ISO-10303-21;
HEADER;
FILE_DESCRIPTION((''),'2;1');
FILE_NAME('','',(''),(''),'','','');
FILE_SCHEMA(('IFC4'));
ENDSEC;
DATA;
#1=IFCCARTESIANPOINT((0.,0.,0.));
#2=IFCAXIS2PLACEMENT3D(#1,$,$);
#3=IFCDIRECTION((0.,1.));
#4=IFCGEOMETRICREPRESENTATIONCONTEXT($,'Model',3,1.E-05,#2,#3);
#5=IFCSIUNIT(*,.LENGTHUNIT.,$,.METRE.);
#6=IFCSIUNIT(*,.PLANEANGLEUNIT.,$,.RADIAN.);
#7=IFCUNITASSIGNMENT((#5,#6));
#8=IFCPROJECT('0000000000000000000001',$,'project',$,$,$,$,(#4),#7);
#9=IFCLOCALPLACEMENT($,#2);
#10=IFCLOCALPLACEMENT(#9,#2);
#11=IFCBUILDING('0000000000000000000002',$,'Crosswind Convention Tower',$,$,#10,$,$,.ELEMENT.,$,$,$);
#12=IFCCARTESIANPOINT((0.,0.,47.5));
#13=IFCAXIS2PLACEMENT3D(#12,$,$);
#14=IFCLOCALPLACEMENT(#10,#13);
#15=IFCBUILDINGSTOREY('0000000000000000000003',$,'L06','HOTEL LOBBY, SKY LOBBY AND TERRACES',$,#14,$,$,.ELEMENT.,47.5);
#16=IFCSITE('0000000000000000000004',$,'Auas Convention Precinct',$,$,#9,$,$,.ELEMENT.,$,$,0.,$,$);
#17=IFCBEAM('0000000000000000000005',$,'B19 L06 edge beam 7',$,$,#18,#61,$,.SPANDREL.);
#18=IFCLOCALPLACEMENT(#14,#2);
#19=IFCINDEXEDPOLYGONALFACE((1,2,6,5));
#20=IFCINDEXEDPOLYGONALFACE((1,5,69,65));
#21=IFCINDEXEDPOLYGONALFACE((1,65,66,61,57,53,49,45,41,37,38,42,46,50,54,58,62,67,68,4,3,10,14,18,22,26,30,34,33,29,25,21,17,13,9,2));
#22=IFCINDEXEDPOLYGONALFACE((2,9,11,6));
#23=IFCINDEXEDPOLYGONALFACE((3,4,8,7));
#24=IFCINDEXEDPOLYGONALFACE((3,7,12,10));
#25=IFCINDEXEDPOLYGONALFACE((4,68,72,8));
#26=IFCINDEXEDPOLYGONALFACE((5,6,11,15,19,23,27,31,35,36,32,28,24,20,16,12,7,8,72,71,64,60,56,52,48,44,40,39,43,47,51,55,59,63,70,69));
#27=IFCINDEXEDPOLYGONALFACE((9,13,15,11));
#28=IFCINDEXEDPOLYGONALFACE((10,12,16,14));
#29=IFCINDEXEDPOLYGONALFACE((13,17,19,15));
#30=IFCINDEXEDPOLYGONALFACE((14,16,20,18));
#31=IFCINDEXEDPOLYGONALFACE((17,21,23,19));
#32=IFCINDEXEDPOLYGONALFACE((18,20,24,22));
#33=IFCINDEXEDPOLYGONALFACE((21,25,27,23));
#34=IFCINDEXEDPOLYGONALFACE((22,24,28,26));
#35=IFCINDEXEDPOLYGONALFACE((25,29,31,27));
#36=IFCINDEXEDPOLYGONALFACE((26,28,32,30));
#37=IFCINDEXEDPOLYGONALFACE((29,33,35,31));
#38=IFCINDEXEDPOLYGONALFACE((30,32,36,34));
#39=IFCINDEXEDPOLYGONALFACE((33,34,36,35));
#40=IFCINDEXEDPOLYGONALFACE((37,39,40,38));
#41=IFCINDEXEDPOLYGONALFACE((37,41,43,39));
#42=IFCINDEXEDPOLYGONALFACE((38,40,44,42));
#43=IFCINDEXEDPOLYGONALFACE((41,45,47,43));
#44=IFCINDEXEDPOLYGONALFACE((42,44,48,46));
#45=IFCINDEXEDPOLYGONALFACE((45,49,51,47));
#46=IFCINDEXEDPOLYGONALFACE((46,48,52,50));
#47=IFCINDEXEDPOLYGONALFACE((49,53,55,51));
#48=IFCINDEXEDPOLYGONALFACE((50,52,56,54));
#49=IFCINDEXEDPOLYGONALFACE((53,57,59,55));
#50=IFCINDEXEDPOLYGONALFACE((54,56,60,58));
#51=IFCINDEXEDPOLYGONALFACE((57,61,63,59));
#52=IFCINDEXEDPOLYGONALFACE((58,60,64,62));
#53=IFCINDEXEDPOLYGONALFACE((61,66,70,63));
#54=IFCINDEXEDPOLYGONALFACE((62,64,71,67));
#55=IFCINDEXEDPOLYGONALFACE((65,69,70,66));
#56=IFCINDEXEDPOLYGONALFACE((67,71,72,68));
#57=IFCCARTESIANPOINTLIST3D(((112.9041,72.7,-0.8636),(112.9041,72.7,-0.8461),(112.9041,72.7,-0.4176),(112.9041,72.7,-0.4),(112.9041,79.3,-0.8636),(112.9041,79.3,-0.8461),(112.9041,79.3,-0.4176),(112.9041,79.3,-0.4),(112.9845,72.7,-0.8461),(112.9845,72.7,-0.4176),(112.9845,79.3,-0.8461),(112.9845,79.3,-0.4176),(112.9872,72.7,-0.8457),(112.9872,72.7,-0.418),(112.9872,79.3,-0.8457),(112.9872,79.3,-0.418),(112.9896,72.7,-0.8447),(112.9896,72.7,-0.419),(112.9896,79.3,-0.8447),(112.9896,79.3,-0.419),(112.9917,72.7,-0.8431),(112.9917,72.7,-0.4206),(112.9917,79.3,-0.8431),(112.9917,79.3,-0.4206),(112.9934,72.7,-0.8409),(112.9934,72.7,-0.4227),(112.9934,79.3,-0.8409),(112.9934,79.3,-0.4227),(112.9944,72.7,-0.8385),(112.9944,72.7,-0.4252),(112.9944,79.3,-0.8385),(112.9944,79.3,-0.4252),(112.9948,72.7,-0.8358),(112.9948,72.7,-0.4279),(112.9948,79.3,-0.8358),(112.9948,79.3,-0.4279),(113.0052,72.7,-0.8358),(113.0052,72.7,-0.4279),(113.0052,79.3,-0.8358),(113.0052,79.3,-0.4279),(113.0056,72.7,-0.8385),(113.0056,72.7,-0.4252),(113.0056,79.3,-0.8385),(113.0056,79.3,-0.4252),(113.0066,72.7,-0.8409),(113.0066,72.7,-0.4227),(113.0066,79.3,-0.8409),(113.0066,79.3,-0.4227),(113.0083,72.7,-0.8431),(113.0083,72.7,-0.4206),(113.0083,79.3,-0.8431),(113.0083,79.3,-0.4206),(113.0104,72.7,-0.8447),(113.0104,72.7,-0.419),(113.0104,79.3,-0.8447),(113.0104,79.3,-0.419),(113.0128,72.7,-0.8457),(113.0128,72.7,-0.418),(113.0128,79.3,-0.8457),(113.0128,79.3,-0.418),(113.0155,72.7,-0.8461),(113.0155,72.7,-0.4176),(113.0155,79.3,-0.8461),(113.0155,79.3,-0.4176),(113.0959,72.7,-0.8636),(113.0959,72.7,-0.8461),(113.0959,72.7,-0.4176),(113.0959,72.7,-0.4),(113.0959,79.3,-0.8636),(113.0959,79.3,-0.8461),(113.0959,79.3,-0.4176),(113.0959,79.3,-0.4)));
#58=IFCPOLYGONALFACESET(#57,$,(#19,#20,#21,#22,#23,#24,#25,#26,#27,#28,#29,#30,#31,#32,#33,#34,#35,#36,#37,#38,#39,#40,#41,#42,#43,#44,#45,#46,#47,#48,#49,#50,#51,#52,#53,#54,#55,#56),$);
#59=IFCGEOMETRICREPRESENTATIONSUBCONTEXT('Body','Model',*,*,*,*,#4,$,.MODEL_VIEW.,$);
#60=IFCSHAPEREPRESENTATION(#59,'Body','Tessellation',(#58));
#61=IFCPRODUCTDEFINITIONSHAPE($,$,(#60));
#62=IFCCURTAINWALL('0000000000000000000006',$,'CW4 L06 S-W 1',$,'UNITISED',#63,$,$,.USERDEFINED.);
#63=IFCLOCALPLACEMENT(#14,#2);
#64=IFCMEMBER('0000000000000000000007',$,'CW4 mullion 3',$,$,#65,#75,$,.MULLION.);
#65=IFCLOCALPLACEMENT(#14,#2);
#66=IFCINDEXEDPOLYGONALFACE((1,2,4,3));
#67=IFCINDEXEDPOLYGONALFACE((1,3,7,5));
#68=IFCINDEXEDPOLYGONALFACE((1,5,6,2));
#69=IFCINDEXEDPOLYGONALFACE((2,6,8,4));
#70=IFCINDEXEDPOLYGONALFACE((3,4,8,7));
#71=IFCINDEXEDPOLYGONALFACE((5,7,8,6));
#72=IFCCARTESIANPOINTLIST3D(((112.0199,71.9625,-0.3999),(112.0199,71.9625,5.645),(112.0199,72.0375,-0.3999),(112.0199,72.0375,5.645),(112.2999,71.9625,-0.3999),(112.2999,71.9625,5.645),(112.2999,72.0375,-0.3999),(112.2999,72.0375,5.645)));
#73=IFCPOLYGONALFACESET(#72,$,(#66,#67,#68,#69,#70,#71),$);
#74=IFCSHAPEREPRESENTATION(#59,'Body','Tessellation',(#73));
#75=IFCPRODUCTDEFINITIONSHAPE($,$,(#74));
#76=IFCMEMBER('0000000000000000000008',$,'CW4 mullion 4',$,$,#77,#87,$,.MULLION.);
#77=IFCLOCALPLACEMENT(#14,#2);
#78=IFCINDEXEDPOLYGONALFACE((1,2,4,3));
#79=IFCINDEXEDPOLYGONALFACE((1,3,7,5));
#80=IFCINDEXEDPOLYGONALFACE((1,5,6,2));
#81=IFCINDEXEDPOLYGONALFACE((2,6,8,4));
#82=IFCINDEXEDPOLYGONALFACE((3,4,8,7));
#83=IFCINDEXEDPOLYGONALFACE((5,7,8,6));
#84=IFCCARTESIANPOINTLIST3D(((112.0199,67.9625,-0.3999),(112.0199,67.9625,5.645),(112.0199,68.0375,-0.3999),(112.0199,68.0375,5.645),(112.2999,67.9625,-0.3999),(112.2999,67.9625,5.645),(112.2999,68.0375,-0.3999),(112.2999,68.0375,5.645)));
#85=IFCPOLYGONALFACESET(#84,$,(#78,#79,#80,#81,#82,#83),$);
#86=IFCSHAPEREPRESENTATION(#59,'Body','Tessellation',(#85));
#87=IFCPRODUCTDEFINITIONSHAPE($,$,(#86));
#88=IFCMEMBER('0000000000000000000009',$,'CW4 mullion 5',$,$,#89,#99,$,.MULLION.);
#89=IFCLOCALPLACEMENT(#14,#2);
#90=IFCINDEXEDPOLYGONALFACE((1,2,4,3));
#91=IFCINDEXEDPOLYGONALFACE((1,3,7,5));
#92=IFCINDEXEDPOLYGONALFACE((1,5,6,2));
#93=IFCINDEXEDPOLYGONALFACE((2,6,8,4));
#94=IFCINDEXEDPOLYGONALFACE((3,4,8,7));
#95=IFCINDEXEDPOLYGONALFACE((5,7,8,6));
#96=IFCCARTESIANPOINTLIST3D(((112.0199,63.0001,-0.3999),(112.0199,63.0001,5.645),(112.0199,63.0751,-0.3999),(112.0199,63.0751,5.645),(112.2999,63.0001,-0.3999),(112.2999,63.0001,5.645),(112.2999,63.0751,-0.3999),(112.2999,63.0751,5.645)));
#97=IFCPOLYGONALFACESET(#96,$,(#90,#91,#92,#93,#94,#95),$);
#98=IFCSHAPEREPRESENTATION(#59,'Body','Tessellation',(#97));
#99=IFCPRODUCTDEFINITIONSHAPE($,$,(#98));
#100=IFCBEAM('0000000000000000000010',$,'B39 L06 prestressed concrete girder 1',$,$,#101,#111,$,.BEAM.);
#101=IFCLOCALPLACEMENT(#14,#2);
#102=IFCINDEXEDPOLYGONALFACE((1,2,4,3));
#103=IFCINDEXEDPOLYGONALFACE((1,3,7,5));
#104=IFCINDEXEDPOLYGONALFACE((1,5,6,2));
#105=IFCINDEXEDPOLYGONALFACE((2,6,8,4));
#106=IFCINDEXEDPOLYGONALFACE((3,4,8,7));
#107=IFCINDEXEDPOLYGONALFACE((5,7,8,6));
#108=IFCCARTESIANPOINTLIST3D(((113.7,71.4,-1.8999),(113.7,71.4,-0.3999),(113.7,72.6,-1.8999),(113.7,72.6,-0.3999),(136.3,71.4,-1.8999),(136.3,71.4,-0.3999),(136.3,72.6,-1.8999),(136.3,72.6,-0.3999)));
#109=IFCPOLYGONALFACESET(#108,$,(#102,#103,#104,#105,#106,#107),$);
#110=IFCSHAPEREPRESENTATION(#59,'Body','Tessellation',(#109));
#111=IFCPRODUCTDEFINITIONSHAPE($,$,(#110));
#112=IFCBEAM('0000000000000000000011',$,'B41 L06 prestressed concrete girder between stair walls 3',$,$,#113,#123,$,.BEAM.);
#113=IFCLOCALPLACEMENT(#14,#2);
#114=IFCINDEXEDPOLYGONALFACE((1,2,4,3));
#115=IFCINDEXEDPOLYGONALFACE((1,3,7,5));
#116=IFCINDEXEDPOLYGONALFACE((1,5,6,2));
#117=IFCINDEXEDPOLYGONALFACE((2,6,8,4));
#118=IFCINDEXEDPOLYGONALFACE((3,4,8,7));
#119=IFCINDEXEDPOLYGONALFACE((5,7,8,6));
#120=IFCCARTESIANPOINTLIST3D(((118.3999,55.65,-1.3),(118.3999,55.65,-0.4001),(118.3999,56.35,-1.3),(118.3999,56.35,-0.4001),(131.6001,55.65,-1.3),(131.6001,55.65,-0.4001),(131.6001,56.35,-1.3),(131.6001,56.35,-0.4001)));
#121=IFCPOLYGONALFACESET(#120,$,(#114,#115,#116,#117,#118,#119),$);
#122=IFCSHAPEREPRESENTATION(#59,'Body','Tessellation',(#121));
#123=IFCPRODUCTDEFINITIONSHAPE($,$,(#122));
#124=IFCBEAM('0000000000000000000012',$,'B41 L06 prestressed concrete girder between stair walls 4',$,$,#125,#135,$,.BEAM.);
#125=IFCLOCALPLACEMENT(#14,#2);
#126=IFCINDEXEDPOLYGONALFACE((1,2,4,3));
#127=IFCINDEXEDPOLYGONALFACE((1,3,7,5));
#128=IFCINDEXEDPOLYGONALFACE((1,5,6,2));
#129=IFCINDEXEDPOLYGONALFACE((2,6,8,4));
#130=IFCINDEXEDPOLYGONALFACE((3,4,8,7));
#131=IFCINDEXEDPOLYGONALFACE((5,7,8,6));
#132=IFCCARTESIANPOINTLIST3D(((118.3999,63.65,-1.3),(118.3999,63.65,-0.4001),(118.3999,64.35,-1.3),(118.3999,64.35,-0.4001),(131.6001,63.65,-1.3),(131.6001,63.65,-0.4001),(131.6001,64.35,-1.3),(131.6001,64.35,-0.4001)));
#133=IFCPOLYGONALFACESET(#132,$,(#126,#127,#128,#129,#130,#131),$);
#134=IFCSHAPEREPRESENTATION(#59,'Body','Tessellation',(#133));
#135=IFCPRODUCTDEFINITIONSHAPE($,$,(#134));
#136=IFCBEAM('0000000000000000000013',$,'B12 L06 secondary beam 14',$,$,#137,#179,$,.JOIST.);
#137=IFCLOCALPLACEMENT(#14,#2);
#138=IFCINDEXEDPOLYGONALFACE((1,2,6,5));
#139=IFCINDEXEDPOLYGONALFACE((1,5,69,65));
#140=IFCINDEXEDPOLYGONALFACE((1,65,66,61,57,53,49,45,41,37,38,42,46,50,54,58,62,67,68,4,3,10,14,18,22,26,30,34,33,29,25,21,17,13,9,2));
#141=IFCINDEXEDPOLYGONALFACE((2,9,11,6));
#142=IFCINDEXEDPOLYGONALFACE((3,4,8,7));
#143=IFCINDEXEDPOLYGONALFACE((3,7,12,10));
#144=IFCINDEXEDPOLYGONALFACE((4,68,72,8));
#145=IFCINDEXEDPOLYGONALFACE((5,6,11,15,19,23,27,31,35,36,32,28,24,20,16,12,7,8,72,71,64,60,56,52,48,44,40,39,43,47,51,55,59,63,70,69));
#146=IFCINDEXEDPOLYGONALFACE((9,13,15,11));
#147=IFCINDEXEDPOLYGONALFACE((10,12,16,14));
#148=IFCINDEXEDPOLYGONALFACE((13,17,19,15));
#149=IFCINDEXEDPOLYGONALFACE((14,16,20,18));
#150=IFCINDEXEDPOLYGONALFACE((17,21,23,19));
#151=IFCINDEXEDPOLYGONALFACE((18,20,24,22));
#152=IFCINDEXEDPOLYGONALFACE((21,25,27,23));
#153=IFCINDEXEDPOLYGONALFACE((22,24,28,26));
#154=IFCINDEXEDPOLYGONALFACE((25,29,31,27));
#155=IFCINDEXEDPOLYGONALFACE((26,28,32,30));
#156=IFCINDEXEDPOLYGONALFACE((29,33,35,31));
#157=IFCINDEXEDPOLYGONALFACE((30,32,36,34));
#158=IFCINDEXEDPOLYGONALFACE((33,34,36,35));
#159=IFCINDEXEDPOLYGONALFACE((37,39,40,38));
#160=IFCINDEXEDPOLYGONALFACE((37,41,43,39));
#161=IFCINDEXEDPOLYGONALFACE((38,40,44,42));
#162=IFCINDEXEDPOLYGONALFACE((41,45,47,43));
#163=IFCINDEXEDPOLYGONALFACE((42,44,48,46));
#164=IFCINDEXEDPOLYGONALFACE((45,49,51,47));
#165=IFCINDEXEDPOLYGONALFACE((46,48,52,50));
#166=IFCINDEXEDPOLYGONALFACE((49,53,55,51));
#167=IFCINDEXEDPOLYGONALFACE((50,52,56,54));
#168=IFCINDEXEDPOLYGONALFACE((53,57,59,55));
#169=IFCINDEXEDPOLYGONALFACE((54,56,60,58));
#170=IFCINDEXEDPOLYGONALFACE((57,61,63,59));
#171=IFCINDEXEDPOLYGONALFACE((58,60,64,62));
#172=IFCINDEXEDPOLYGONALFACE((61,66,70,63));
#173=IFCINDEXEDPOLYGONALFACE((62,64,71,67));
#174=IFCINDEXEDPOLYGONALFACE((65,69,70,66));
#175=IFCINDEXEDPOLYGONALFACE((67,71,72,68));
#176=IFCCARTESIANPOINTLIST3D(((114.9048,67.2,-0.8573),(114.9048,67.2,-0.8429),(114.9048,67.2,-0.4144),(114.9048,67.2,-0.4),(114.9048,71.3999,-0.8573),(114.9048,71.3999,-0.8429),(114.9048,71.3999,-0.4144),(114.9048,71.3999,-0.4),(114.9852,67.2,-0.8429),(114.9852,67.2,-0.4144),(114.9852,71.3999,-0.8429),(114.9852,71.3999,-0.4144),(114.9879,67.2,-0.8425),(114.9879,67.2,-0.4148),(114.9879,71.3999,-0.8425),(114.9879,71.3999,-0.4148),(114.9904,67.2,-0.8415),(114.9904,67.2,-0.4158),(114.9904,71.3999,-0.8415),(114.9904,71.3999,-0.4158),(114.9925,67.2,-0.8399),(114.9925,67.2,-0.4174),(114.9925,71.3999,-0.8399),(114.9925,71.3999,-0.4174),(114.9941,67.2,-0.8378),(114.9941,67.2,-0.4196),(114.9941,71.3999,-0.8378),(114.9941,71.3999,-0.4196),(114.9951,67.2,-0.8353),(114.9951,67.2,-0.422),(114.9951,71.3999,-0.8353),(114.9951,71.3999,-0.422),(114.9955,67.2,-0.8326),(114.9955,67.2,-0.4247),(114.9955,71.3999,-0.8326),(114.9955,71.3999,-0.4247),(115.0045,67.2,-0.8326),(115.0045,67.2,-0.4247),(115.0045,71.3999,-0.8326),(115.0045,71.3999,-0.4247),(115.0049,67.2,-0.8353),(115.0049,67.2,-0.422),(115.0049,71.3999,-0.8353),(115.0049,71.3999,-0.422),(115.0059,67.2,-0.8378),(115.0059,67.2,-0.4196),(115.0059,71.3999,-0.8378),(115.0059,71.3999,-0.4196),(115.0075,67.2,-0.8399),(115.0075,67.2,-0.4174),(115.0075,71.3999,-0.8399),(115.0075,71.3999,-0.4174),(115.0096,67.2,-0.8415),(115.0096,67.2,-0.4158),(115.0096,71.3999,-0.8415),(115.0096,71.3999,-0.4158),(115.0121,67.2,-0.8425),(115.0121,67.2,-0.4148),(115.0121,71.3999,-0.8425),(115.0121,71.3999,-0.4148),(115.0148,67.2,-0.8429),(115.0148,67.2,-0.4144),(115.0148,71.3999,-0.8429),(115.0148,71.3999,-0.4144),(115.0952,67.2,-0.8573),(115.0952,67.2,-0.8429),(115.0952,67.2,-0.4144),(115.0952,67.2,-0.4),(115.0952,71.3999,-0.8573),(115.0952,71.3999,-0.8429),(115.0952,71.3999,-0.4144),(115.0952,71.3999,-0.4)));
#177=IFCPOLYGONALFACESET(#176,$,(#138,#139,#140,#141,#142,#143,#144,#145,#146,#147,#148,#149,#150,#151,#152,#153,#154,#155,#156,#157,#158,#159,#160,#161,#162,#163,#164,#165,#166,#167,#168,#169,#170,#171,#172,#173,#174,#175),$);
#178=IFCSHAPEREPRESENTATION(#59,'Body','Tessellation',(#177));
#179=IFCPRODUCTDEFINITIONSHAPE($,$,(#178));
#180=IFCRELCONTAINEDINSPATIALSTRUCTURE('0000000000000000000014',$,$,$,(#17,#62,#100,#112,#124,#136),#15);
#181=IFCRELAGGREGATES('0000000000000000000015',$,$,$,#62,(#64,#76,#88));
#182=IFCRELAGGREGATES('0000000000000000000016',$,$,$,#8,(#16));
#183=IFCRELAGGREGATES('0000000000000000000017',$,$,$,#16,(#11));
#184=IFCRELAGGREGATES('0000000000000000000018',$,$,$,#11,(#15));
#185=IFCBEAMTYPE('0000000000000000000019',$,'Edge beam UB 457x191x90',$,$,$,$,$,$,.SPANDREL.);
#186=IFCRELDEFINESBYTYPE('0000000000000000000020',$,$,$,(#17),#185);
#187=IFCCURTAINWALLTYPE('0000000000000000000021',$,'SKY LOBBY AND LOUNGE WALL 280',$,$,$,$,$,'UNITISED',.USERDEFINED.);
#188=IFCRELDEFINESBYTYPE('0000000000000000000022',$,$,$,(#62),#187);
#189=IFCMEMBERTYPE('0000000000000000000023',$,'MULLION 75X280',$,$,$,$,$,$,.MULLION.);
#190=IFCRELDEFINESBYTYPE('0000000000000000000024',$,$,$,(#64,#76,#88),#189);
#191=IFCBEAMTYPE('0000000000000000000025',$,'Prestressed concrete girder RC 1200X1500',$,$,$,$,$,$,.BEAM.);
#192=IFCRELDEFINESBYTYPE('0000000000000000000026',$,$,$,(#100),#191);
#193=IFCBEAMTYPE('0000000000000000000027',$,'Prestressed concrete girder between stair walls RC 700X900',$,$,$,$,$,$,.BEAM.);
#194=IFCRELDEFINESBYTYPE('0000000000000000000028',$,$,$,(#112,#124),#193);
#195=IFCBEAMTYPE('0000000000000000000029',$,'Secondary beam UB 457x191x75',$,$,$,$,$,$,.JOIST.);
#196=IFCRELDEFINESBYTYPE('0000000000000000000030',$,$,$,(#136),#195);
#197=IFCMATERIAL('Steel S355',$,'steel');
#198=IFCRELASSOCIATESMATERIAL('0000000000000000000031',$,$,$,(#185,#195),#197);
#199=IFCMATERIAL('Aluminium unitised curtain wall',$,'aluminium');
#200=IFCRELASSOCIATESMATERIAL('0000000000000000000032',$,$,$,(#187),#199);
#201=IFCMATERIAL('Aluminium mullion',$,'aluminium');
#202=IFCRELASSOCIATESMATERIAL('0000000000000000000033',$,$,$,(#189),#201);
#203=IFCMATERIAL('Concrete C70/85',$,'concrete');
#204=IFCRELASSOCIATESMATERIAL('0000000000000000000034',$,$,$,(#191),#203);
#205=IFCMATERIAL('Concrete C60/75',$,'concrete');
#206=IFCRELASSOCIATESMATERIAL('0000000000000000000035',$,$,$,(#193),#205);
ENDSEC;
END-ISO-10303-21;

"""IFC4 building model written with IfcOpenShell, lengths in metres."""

from ifc_helpers import new_model, si_unit, direction, frame, origin, origin_2d, place, context, subcontext, project, spatial, rectangle, i_section, extrude, material, material_profile, profile_set, type_object, element, aggregate, save


model = new_model("IFC4")

# Units and contexts
model_context = context("Model", 3, precision=1e-05, world=origin(), true_north=direction((0.0, 1.0)))
body_context = subcontext(model_context, "Body", "Model", "MODEL_VIEW")
ifc_project = project(units=[si_unit("LENGTHUNIT", "METRE"), si_unit("PLANEANGLEUNIT", "RADIAN")], contexts=[model_context])

# Site, building, storey
site_placement = place(None, origin())
site = spatial("IfcSite", under=ifc_project, at=site_placement, Name="Auas Convention Precinct", CompositionType="ELEMENT", RefElevation=0.0)
building_placement = place(site_placement, origin())
building = spatial("IfcBuilding", under=site, at=building_placement, Name="Crosswind Convention Tower", CompositionType="ELEMENT")
storey_placement = place(building_placement, frame((0.0, 0.0, 47.5)))
storey = spatial("IfcBuildingStorey", under=building, at=storey_placement, Name="L06", Description="HOTEL LOBBY, SKY LOBBY AND TERRACES", CompositionType="ELEMENT", Elevation=47.5)

# Shared definitions
ifc_material_1 = material(Name="Concrete C60/75", Category="concrete")
ifc_material_2 = material(Name="Concrete C70/85", Category="concrete")

# Beam
ifc_material_3 = material(Name="Steel S355", Category="steel")
ifc_material_profile_1 = material_profile(ifc_material_3, i_section(OverallWidth=0.1919, OverallDepth=0.4636, WebThickness=0.0105, FlangeThickness=0.0176, FilletRadius=0.0103, at=origin_2d()), Name="UB 457x191x90")
ifc_profile_set_1 = profile_set([ifc_material_profile_1], Name="Steel S355")
beam_type_1 = type_object("IfcBeamType", Name="Edge beam UB 457x191x90", PredefinedType="SPANDREL", material=ifc_profile_set_1)
beam_1_placement = place(storey_placement, frame((113.0, 72.7, -0.6318), z_axis=(0.0, 1.0, 0.0), x_axis=(-1.0, 0.0, 0.0)))
element("IfcBeam", 1, at=beam_1_placement, inside=storey, type_object=beam_type_1, Name="B19 L06 edge beam 7", PredefinedType="SPANDREL", context=body_context, shape_type="SweptSolid", body=[
    extrude(i_section(OverallWidth=0.1919, OverallDepth=0.4636, WebThickness=0.0105, FlangeThickness=0.0176, FilletRadius=0.0103, at=origin_2d()), origin(), (0.0, 0.0, 1.0), 6.6001),
])

# Curtain wall, members
ifc_material_4 = material(Name="Aluminium unitised curtain wall", Category="aluminium")
curtain_wall_type = type_object("IfcCurtainWallType", Name="SKY LOBBY AND LOUNGE WALL 280", ElementType="UNITISED", PredefinedType="USERDEFINED", material=ifc_material_4)
curtain_wall_placement = place(storey_placement, origin())
curtain_wall = element("IfcCurtainWall", 2, at=curtain_wall_placement, inside=storey, type_object=curtain_wall_type, Name="CW4 L06 S-W 1", ObjectType="UNITISED", PredefinedType="USERDEFINED")
ifc_material_5 = material(Name="Aluminium mullion", Category="aluminium")
ifc_material_profile_2 = material_profile(ifc_material_5, rectangle(XDim=0.28, YDim=0.075, at=origin_2d()), Name="AL 280X75")
ifc_profile_set_2 = profile_set([ifc_material_profile_2], Name="Aluminium mullion")
member_type = type_object("IfcMemberType", Name="MULLION 75X280", PredefinedType="MULLION", material=ifc_profile_set_2)
member_1_placement = place(storey_placement, frame((112.1599, 72.0, -0.3999), z_axis=(0.0, 0.0, 1.0), x_axis=(-1.0, 0.0, 0.0)))
member_1 = element("IfcMember", 3, at=member_1_placement, type_object=member_type, Name="CW4 mullion 3", PredefinedType="MULLION", context=body_context, shape_type="SweptSolid", body=[
    extrude(rectangle(XDim=0.28, YDim=0.075, at=origin_2d()), origin(), (0.0, 0.0, 1.0), 6.0449),
])
member_2_placement = place(storey_placement, frame((112.1599, 68.0, -0.3999), z_axis=(0.0, 0.0, 1.0), x_axis=(-1.0, 0.0, 0.0)))
member_2 = element("IfcMember", 4, at=member_2_placement, type_object=member_type, Name="CW4 mullion 4", PredefinedType="MULLION", context=body_context, shape_type="SweptSolid", body=[
    extrude(rectangle(XDim=0.28, YDim=0.075, at=origin_2d()), origin(), (0.0, 0.0, 1.0), 6.0449),
])
member_3_placement = place(storey_placement, frame((112.1599, 63.0376, -0.3999), z_axis=(0.0, 0.0, 1.0), x_axis=(-1.0, 0.0, 0.0)))
member_3 = element("IfcMember", 5, at=member_3_placement, type_object=member_type, Name="CW4 mullion 5", PredefinedType="MULLION", context=body_context, shape_type="SweptSolid", body=[
    extrude(rectangle(XDim=0.28, YDim=0.075, at=origin_2d()), origin(), (0.0, 0.0, 1.0), 6.0449),
])

# Beams
ifc_material_profile_3 = material_profile(ifc_material_2, rectangle(XDim=1.2, YDim=1.5, at=origin_2d()), Name="RC 1200X1500")
ifc_profile_set_3 = profile_set([ifc_material_profile_3], Name="Concrete C70/85")
beam_type_2 = type_object("IfcBeamType", Name="Prestressed concrete girder RC 1200X1500", PredefinedType="BEAM", material=ifc_profile_set_3)
beam_2_placement = place(storey_placement, frame((113.7, 72.0, -1.1499), z_axis=(1.0, 0.0, 0.0), x_axis=(0.0, 1.0, 0.0)))
element("IfcBeam", 6, at=beam_2_placement, inside=storey, type_object=beam_type_2, Name="B39 L06 prestressed concrete girder 1", PredefinedType="BEAM", context=body_context, shape_type="SweptSolid", body=[
    extrude(rectangle(XDim=1.2, YDim=1.5, at=origin_2d()), origin(), (0.0, 0.0, 1.0), 22.6001),
])
ifc_material_profile_4 = material_profile(ifc_material_1, rectangle(XDim=0.7, YDim=0.8999, at=origin_2d()), Name="RC 700X900")
ifc_profile_set_4 = profile_set([ifc_material_profile_4], Name="Concrete C60/75")
beam_type_3 = type_object("IfcBeamType", Name="Prestressed concrete girder between stair walls RC 700X900", PredefinedType="BEAM", material=ifc_profile_set_4)
for number, where, z_axis, x_axis, name in (
    (7, (118.3999, 56.0, -0.8501), (1.0, 0.0, 0.0), (0.0, 1.0, 0.0), "B41 L06 prestressed concrete girder between stair walls 3"),
    (8, (118.3999, 64.0, -0.8501), (1.0, 0.0, 0.0), (0.0, 1.0, 0.0), "B41 L06 prestressed concrete girder between stair walls 4"),
):
    element("IfcBeam", number, at=place(storey_placement, frame(where, z_axis=z_axis, x_axis=x_axis)), inside=storey, type_object=beam_type_3, Name=name, PredefinedType="BEAM", context=body_context, shape_type="SweptSolid", body=[
        extrude(rectangle(XDim=0.7, YDim=0.8999, at=origin_2d()), origin(), (0.0, 0.0, 1.0), 13.2002),
    ])
ifc_material_profile_5 = material_profile(ifc_material_3, i_section(OverallWidth=0.1904, OverallDepth=0.4573, WebThickness=0.009, FlangeThickness=0.0144, FilletRadius=0.0103, at=origin_2d()), Name="UB 457x191x75")
ifc_profile_set_5 = profile_set([ifc_material_profile_5], Name="Steel S355")
beam_type_4 = type_object("IfcBeamType", Name="Secondary beam UB 457x191x75", PredefinedType="JOIST", material=ifc_profile_set_5)
beam_3_placement = place(storey_placement, frame((115.0, 67.2, -0.6287), z_axis=(0.0, 1.0, 0.0), x_axis=(-1.0, 0.0, 0.0)))
element("IfcBeam", 9, at=beam_3_placement, inside=storey, type_object=beam_type_4, Name="B12 L06 secondary beam 14", PredefinedType="JOIST", context=body_context, shape_type="SweptSolid", body=[
    extrude(i_section(OverallWidth=0.1904, OverallDepth=0.4573, WebThickness=0.009, FlangeThickness=0.0144, FilletRadius=0.0103, at=origin_2d()), origin(), (0.0, 0.0, 1.0), 4.2),
])

aggregate(curtain_wall, [member_1, member_2, member_3])

save(model, "model.ifc")
